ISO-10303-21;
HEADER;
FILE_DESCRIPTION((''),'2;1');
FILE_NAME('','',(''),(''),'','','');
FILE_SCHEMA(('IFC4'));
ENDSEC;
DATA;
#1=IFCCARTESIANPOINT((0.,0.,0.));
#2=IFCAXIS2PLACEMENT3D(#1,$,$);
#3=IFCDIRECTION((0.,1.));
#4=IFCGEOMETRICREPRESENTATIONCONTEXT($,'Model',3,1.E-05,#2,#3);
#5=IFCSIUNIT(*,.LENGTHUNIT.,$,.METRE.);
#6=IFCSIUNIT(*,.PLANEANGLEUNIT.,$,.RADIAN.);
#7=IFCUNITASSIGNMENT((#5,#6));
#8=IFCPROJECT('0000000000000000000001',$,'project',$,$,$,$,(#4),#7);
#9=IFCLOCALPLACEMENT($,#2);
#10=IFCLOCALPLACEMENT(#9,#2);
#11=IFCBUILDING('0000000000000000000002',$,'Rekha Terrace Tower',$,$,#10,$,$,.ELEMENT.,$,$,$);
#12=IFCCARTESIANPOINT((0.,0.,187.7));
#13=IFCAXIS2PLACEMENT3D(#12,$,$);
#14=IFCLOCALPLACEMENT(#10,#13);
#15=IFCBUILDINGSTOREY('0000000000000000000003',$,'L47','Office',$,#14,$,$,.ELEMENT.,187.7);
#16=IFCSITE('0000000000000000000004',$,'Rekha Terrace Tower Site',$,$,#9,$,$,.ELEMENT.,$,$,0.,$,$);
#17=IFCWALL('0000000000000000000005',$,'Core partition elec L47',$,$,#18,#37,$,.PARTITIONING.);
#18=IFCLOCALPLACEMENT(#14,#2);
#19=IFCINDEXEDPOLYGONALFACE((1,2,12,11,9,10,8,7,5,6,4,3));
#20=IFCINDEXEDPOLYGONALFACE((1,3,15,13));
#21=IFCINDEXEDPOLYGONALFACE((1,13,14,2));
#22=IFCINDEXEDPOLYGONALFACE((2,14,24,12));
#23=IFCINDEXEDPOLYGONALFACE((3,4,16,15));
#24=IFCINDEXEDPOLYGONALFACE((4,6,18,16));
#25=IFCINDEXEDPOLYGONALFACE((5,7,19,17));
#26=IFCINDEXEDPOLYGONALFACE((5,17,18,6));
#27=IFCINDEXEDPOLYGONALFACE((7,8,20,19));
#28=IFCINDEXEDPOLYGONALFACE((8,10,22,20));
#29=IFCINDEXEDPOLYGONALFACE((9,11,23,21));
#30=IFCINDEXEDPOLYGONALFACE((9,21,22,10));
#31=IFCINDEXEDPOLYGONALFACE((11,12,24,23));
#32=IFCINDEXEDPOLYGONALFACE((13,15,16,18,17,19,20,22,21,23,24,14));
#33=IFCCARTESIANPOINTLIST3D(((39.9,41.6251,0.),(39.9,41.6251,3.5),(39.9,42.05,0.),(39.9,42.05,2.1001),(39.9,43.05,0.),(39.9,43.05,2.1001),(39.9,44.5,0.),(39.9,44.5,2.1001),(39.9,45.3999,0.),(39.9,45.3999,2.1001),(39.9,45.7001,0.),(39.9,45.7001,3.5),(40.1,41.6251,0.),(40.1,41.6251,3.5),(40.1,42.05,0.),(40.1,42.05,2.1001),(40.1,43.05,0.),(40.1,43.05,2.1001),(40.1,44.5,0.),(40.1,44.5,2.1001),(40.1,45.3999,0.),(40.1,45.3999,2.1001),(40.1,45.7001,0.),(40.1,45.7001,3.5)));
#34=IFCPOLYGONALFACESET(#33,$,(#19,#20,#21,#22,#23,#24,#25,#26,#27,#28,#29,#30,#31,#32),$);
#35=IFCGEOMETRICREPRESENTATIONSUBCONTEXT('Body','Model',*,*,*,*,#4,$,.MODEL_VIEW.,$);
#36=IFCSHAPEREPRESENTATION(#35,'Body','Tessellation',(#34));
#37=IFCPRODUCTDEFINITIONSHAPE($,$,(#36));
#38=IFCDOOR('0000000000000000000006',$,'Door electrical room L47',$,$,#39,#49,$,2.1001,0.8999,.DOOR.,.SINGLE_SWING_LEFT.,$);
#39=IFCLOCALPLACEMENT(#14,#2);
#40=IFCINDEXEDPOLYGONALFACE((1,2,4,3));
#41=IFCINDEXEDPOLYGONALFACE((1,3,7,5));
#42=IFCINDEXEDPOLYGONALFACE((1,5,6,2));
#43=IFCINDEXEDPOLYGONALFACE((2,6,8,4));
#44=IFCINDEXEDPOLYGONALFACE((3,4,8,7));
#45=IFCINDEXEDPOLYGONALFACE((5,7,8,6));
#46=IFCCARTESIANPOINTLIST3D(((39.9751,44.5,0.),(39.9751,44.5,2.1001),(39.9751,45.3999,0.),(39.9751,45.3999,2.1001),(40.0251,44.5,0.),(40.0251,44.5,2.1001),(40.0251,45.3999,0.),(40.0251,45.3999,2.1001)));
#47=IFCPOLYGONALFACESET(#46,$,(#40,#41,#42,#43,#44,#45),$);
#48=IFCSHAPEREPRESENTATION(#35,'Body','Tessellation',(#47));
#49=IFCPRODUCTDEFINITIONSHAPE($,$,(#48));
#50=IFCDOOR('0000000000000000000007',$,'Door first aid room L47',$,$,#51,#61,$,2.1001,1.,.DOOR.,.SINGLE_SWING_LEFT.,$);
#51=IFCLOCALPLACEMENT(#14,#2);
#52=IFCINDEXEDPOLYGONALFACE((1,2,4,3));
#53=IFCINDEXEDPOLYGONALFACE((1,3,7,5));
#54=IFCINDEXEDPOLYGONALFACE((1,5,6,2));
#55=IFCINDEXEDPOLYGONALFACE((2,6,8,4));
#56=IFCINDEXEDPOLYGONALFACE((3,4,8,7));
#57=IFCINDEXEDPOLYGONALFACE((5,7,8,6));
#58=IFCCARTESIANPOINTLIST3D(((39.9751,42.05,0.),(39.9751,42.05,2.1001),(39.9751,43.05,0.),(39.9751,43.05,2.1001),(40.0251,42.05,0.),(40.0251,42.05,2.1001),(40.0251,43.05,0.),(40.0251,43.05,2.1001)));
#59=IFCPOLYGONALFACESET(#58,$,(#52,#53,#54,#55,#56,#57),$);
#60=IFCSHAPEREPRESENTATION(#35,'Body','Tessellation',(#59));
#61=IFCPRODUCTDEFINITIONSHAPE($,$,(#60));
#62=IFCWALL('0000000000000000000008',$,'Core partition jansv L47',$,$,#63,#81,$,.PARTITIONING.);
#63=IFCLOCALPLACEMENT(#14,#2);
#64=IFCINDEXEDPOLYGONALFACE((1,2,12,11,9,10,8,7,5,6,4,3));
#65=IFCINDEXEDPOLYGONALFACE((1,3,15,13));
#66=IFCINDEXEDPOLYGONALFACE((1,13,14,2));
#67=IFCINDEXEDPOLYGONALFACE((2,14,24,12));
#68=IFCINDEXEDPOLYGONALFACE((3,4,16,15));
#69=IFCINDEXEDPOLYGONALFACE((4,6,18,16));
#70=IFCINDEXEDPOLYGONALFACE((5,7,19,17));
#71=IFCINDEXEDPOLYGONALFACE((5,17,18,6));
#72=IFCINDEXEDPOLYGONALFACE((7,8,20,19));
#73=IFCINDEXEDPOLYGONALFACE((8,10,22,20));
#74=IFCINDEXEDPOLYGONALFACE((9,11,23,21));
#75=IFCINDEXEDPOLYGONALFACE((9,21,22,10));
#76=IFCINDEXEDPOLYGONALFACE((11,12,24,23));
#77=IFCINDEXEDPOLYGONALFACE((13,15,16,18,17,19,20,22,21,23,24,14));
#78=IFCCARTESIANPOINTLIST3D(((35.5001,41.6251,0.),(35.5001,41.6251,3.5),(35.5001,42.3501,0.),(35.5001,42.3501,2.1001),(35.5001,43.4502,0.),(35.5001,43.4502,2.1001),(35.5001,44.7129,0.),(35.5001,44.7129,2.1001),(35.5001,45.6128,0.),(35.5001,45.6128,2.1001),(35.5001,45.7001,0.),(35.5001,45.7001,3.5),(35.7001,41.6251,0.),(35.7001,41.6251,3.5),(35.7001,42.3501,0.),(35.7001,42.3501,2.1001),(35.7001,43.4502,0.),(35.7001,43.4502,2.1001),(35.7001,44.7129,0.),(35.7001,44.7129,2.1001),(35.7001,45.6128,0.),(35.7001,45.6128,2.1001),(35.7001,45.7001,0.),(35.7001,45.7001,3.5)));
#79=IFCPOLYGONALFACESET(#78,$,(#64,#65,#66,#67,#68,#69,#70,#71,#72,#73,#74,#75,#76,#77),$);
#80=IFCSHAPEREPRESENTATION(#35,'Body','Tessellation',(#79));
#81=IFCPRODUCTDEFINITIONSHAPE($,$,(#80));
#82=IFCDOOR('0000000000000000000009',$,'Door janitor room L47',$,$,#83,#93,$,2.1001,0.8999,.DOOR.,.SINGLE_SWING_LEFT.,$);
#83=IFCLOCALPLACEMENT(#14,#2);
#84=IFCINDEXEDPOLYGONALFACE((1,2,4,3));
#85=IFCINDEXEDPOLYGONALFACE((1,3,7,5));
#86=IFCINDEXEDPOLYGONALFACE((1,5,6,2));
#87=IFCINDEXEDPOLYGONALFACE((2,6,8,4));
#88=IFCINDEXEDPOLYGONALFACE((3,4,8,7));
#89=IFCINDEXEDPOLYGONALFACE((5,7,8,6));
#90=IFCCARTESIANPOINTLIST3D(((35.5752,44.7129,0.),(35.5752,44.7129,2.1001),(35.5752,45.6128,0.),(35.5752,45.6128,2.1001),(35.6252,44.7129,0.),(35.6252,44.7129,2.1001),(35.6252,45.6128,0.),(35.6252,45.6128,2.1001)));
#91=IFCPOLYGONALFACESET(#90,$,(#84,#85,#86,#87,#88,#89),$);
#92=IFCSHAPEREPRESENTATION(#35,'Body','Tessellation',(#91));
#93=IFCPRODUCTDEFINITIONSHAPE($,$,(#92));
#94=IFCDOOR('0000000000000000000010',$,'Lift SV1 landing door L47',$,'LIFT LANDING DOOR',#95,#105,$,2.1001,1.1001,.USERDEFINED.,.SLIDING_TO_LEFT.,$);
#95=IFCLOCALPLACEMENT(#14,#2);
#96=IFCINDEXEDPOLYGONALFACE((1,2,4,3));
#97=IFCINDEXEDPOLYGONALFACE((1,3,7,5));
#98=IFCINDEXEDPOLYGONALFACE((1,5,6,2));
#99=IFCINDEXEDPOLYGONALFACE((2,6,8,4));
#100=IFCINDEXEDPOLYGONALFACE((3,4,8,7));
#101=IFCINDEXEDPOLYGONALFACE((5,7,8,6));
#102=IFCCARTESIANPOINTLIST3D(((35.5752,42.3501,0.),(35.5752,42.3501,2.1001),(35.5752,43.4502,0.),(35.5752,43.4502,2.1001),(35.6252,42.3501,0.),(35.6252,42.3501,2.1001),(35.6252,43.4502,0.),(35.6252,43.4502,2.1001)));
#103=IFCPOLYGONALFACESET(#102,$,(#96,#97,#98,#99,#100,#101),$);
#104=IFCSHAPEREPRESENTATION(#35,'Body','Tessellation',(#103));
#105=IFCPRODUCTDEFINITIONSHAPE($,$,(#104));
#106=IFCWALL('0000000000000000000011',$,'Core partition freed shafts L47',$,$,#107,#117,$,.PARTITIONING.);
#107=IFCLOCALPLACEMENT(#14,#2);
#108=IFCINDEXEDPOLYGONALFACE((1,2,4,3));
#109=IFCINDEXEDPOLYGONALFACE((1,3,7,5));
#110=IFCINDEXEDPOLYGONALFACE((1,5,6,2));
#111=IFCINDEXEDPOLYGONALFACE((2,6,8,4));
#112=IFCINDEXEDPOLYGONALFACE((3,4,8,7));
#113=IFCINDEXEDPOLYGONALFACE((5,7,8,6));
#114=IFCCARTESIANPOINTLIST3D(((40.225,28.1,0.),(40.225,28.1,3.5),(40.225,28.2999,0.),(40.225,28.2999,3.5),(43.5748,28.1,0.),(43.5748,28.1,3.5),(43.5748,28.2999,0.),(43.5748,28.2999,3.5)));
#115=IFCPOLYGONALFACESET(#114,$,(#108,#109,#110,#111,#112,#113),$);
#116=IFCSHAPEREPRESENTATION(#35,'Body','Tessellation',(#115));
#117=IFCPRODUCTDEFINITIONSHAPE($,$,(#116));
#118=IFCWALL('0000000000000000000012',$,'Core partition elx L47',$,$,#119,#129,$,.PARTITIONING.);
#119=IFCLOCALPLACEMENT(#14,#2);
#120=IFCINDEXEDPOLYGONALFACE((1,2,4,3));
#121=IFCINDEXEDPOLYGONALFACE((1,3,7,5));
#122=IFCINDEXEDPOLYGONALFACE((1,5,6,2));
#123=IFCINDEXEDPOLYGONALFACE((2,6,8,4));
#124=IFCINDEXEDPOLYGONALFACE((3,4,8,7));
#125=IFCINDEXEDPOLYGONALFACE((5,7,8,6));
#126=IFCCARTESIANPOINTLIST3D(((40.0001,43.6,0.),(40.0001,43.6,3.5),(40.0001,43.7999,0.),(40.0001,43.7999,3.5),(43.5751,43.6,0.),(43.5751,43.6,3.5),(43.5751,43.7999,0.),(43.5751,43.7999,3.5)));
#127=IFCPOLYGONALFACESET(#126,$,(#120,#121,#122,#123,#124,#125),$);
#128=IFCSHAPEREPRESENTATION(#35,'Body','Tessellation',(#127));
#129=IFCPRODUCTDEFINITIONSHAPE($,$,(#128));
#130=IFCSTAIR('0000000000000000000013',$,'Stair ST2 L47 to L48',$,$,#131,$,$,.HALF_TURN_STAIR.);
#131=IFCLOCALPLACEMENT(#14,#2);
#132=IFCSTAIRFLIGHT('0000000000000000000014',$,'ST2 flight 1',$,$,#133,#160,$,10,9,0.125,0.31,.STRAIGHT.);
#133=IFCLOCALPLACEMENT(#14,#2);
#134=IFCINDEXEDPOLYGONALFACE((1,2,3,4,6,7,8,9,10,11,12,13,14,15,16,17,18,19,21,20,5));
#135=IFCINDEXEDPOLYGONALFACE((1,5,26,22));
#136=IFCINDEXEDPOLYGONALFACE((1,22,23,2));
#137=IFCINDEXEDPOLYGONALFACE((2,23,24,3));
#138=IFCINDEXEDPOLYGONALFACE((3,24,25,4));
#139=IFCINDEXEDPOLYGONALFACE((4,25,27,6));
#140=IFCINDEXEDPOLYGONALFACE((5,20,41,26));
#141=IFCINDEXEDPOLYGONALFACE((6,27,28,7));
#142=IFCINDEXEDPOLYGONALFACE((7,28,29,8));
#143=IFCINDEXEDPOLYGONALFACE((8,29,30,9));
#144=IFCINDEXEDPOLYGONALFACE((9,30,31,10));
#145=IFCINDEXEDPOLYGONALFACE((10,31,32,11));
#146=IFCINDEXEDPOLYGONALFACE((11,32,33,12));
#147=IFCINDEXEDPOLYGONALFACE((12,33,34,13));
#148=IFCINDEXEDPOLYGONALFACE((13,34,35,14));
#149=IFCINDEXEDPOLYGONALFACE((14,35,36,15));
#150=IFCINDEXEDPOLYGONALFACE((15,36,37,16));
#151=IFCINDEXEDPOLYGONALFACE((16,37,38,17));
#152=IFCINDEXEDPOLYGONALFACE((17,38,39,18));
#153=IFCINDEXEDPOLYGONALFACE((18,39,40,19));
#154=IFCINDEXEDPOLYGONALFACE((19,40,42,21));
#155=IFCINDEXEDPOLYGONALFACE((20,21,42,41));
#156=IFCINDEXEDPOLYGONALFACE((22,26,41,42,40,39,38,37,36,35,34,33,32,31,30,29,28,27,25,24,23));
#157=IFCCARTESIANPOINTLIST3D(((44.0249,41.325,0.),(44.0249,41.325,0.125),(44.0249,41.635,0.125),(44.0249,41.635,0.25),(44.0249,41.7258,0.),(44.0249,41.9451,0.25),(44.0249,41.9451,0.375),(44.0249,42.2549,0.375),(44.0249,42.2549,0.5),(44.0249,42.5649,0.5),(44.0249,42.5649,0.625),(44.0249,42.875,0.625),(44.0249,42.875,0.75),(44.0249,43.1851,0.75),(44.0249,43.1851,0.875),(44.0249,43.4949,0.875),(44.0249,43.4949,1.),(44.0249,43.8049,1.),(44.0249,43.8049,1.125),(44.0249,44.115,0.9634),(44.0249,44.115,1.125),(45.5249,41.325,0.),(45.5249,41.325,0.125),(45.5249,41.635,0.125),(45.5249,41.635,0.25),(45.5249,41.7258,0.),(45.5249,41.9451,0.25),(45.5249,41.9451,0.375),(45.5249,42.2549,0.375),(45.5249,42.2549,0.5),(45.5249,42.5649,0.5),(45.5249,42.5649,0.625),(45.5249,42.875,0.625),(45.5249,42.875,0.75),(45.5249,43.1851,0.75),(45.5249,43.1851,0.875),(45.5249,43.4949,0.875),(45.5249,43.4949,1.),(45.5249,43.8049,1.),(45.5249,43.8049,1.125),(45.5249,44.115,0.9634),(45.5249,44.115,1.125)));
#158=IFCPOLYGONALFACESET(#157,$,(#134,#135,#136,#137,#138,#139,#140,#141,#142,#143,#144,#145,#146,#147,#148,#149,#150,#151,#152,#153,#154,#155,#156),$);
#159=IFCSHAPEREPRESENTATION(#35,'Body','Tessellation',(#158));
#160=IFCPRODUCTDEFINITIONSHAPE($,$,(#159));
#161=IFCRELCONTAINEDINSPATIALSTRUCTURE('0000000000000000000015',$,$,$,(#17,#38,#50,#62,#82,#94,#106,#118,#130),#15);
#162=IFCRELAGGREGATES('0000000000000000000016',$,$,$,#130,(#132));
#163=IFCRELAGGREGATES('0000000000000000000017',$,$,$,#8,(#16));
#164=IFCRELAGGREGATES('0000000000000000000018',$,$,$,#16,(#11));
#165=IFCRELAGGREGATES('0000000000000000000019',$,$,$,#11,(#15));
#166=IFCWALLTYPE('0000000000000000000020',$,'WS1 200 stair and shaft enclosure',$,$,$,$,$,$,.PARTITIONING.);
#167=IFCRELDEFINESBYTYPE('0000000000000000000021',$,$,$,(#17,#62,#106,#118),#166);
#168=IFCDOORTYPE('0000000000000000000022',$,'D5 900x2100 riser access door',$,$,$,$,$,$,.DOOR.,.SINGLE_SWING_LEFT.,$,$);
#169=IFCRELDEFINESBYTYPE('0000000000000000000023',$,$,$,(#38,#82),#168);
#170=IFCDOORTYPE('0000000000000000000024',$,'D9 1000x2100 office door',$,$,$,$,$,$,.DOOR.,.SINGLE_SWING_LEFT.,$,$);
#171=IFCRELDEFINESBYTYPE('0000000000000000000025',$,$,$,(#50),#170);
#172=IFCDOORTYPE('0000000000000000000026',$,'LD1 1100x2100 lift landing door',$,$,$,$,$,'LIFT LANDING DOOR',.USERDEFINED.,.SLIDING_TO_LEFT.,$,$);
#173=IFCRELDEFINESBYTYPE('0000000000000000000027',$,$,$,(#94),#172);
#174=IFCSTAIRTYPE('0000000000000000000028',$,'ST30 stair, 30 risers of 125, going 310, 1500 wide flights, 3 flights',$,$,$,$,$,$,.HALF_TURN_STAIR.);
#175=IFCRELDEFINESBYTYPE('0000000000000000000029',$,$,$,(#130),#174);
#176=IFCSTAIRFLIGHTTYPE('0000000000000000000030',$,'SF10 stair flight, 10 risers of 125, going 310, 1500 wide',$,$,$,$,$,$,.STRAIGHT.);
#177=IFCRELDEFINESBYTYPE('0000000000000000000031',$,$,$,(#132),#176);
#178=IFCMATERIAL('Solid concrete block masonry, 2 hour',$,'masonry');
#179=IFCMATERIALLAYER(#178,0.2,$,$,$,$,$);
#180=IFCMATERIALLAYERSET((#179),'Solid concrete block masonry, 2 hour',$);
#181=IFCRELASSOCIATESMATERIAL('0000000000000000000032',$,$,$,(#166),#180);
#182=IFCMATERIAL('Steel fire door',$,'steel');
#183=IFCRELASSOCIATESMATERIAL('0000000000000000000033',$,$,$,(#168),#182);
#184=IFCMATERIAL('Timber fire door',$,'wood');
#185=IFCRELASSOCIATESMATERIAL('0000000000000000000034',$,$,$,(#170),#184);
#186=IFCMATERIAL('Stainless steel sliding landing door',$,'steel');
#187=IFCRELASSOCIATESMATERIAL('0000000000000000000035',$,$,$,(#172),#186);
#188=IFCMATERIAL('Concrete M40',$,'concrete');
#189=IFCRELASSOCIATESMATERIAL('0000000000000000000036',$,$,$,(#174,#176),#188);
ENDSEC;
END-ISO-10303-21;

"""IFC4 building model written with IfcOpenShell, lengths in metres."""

from ifc_helpers import new_model, si_unit, direction, frame, frame_2d, origin, place, context, subcontext, project, spatial, polyline, rectangle, outline, extrude, material, layer, layer_set, type_object, element, fill, aggregate, save


model = new_model("IFC4")

# Units and contexts
model_context = context("Model", 3, precision=1e-05, world=origin(), true_north=direction((0.0, 1.0)))
body_context = subcontext(model_context, "Body", "Model", "MODEL_VIEW")
ifc_project = project(units=[si_unit("LENGTHUNIT", "METRE"), si_unit("PLANEANGLEUNIT", "RADIAN")], contexts=[model_context])

# Site, building, storey
site_placement = place(None, origin())
site = spatial("IfcSite", under=ifc_project, at=site_placement, Name="Rekha Terrace Tower Site", CompositionType="ELEMENT", RefElevation=0.0)
building_placement = place(site_placement, origin())
building = spatial("IfcBuilding", under=site, at=building_placement, Name="Rekha Terrace Tower", CompositionType="ELEMENT")
storey_placement = place(building_placement, frame((0.0, 0.0, 187.7)))
storey = spatial("IfcBuildingStorey", under=building, at=storey_placement, Name="L47", Description="Office", CompositionType="ELEMENT", Elevation=187.7)

# Shared definitions
ifc_material_1 = material(Name="Stainless steel sliding landing door", Category="steel")
ifc_material_2 = material(Name="Steel fire door", Category="steel")

# Shared definitions
ifc_material_3 = material(Name="Solid concrete block masonry, 2 hour", Category="masonry")
ifc_layer_1 = layer(ifc_material_3, 0.2)
ifc_layer_set_1 = layer_set([ifc_layer_1], Name="Solid concrete block masonry, 2 hour")
wall_type_1 = type_object("IfcWallType", Name="WS1 200 stair and shaft enclosure", PredefinedType="PARTITIONING", material=ifc_layer_set_1)

# Walls, openings, doors
wall_1_placement = place(storey_placement, frame((40.0, 41.625, 0.0), z_axis=(0.0, 0.0, 1.0), x_axis=(0.0, 1.0, 0.0)))
wall_1 = element("IfcWall", 1, at=wall_1_placement, inside=storey, type_object=wall_type_1, Name="Core partition elec L47", PredefinedType="PARTITIONING", context=body_context, shape_type="SweptSolid", body=[
    extrude(rectangle(XDim=4.075, YDim=0.2, at=frame_2d((2.0376, 0.0))), origin(), (0.0, 0.0, 1.0), 3.5),
])
opening_1_placement = place(wall_1_placement, frame((2.875, 0.0, 0.0)))
opening_1 = element("IfcOpeningElement", 2, at=opening_1_placement, cuts=wall_1, PredefinedType="OPENING", context=body_context, shape_type="SweptSolid", body=[
    extrude(rectangle(XDim=0.8999, YDim=2.1001, at=frame_2d((0.45, 1.05))), frame((0.0, 0.1099, 0.0), z_axis=(0.0, -1.0, 0.0), x_axis=(1.0, 0.0, 0.0)), (0.0, 0.0, 1.0), 0.22),
])
opening_2_placement = place(wall_1_placement, frame((0.425, 0.0, 0.0)))
opening_2 = element("IfcOpeningElement", 3, at=opening_2_placement, cuts=wall_1, PredefinedType="OPENING", context=body_context, shape_type="SweptSolid", body=[
    extrude(rectangle(XDim=1.0, YDim=2.1001, at=frame_2d((0.5, 1.05))), frame((0.0, 0.1099, 0.0), z_axis=(0.0, -1.0, 0.0), x_axis=(1.0, 0.0, 0.0)), (0.0, 0.0, 1.0), 0.22),
])
door_type_1 = type_object("IfcDoorType", Name="D5 900x2100 riser access door", OperationType="SINGLE_SWING_LEFT", PredefinedType="DOOR", material=ifc_material_2)
door_1_placement = place(opening_1_placement, origin())
door_1 = element("IfcDoor", 4, at=door_1_placement, inside=storey, type_object=door_type_1, Name="Door electrical room L47", OperationType="SINGLE_SWING_LEFT", OverallHeight=2.1001, OverallWidth=0.8999, PredefinedType="DOOR", context=body_context, shape_type="SweptSolid", body=[
    extrude(rectangle(XDim=0.8999, YDim=2.1001, at=frame_2d((0.45, 1.05))), frame((0.0, 0.0249, 0.0), z_axis=(0.0, -1.0, 0.0), x_axis=(1.0, 0.0, 0.0)), (0.0, 0.0, 1.0), 0.05),
])
fill(opening_1, door_1)
ifc_material_4 = material(Name="Timber fire door", Category="wood")
door_type_2 = type_object("IfcDoorType", Name="D9 1000x2100 office door", OperationType="SINGLE_SWING_LEFT", PredefinedType="DOOR", material=ifc_material_4)
door_2_placement = place(opening_2_placement, origin())
door_2 = element("IfcDoor", 5, at=door_2_placement, inside=storey, type_object=door_type_2, Name="Door first aid room L47", OperationType="SINGLE_SWING_LEFT", OverallHeight=2.1001, OverallWidth=1.0, PredefinedType="DOOR", context=body_context, shape_type="SweptSolid", body=[
    extrude(rectangle(XDim=1.0, YDim=2.1001, at=frame_2d((0.5, 1.05))), frame((0.0, 0.0249, 0.0), z_axis=(0.0, -1.0, 0.0), x_axis=(1.0, 0.0, 0.0)), (0.0, 0.0, 1.0), 0.05),
])
fill(opening_2, door_2)
wall_2_placement = place(storey_placement, frame((35.6001, 41.625, 0.0), z_axis=(0.0, 0.0, 1.0), x_axis=(0.0, 1.0, 0.0)))
wall_2 = element("IfcWall", 6, at=wall_2_placement, inside=storey, type_object=wall_type_1, Name="Core partition jansv L47", PredefinedType="PARTITIONING", context=body_context, shape_type="SweptSolid", body=[
    extrude(rectangle(XDim=4.075, YDim=0.2, at=frame_2d((2.0376, 0.0))), origin(), (0.0, 0.0, 1.0), 3.5),
])
opening_3_placement = place(wall_2_placement, frame((3.0879, 0.0, 0.0)))
opening_3 = element("IfcOpeningElement", 7, at=opening_3_placement, cuts=wall_2, PredefinedType="OPENING", context=body_context, shape_type="SweptSolid", body=[
    extrude(rectangle(XDim=0.8999, YDim=2.1001, at=frame_2d((0.45, 1.05))), frame((0.0, 0.1099, 0.0), z_axis=(0.0, -1.0, 0.0), x_axis=(1.0, 0.0, 0.0)), (0.0, 0.0, 1.0), 0.22),
])
opening_4_placement = place(wall_2_placement, frame((0.7251, 0.0, 0.0)))
opening_4 = element("IfcOpeningElement", 8, at=opening_4_placement, cuts=wall_2, PredefinedType="OPENING", context=body_context, shape_type="SweptSolid", body=[
    extrude(rectangle(XDim=1.1001, YDim=2.1001, at=frame_2d((0.55, 1.05))), frame((0.0, 0.1099, 0.0), z_axis=(0.0, -1.0, 0.0), x_axis=(1.0, 0.0, 0.0)), (0.0, 0.0, 1.0), 0.22),
])
door_3_placement = place(opening_3_placement, origin())
door_3 = element("IfcDoor", 9, at=door_3_placement, inside=storey, type_object=door_type_1, Name="Door janitor room L47", OperationType="SINGLE_SWING_LEFT", OverallHeight=2.1001, OverallWidth=0.8999, PredefinedType="DOOR", context=body_context, shape_type="SweptSolid", body=[
    extrude(rectangle(XDim=0.8999, YDim=2.1001, at=frame_2d((0.45, 1.05))), frame((0.0, 0.0249, 0.0), z_axis=(0.0, -1.0, 0.0), x_axis=(1.0, 0.0, 0.0)), (0.0, 0.0, 1.0), 0.05),
])
fill(opening_3, door_3)
door_type_3 = type_object("IfcDoorType", Name="LD1 1100x2100 lift landing door", ElementType="LIFT LANDING DOOR", OperationType="SLIDING_TO_LEFT", PredefinedType="USERDEFINED", material=ifc_material_1)
door_4_placement = place(opening_4_placement, origin())
door_4 = element("IfcDoor", 10, at=door_4_placement, inside=storey, type_object=door_type_3, Name="Lift SV1 landing door L47", ObjectType="LIFT LANDING DOOR", OperationType="SLIDING_TO_LEFT", OverallHeight=2.1001, OverallWidth=1.1001, PredefinedType="USERDEFINED", context=body_context, shape_type="SweptSolid", body=[
    extrude(rectangle(XDim=1.1001, YDim=2.1001, at=frame_2d((0.55, 1.05))), frame((0.0, 0.0249, 0.0), z_axis=(0.0, -1.0, 0.0), x_axis=(1.0, 0.0, 0.0)), (0.0, 0.0, 1.0), 0.05),
])
fill(opening_4, door_4)

# Walls
wall_3_placement = place(storey_placement, frame((40.2251, 28.2, 0.0), z_axis=(0.0, 0.0, 1.0), x_axis=(1.0, 0.0, 0.0)))
element("IfcWall", 11, at=wall_3_placement, inside=storey, type_object=wall_type_1, Name="Core partition freed shafts L47", PredefinedType="PARTITIONING", context=body_context, shape_type="SweptSolid", body=[
    extrude(rectangle(XDim=3.3499, YDim=0.2, at=frame_2d((1.6748, 0.0))), origin(), (0.0, 0.0, 1.0), 3.5),
])
wall_4_placement = place(storey_placement, frame((40.0, 43.7, 0.0), z_axis=(0.0, 0.0, 1.0), x_axis=(1.0, 0.0, 0.0)))
element("IfcWall", 12, at=wall_4_placement, inside=storey, type_object=wall_type_1, Name="Core partition elx L47", PredefinedType="PARTITIONING", context=body_context, shape_type="SweptSolid", body=[
    extrude(rectangle(XDim=3.575, YDim=0.2, at=frame_2d((1.7876, 0.0))), origin(), (0.0, 0.0, 1.0), 3.5),
])

# Stair, stair flight
ifc_material_5 = material(Name="Concrete M40", Category="concrete")
stair_type = type_object("IfcStairType", Name="ST30 stair, 30 risers of 125, going 310, 1500 wide flights, 3 flights", PredefinedType="HALF_TURN_STAIR", material=ifc_material_5)
stair_1_placement = place(storey_placement, origin())
stair_1 = element("IfcStair", 13, at=stair_1_placement, inside=storey, type_object=stair_type, Name="Stair ST2 L47 to L48", PredefinedType="HALF_TURN_STAIR")
stair_flight_type = type_object("IfcStairFlightType", Name="SF10 stair flight, 10 risers of 125, going 310, 1500 wide", PredefinedType="STRAIGHT", material=ifc_material_5)
stair_flight_1_placement = place(storey_placement, frame((44.7749, 41.325, 0.0), z_axis=(0.0, 0.0, 1.0), x_axis=(0.0, 1.0, 0.0)))
stair_flight_1 = element("IfcStairFlight", 14, at=stair_flight_1_placement, type_object=stair_flight_type, Name="ST2 flight 1", NumberOfRisers=10, NumberOfTreads=9, PredefinedType="STRAIGHT", RiserHeight=0.125, TreadLength=0.31, context=body_context, shape_type="SweptSolid", body=[
    extrude(outline(polyline([(0.0, 0.0), (0.0, 0.125), (0.3101, 0.125), (0.3101, 0.25), (0.6201, 0.25), (0.6201, 0.375), (0.9299, 0.375), (0.9299, 0.5), (1.24, 0.5), (1.24, 0.625), (1.55, 0.625), (1.55, 0.75), (1.8601, 0.75), (1.8601, 0.875), (2.1699, 0.875), (2.1699, 1.0), (2.48, 1.0), (2.48, 1.125), (2.79, 1.125), (2.79, 1.25), (2.79, 0.9634), (0.4009, 0.0), (0.0, 0.0)])), frame((0.0, 0.75, 0.0), z_axis=(0.0, -1.0, 0.0), x_axis=(1.0, 0.0, 0.0)), (0.0, 0.0, 1.0), 1.5),
])
aggregate(stair_1, [stair_flight_1])

save(model, "model.ifc")
